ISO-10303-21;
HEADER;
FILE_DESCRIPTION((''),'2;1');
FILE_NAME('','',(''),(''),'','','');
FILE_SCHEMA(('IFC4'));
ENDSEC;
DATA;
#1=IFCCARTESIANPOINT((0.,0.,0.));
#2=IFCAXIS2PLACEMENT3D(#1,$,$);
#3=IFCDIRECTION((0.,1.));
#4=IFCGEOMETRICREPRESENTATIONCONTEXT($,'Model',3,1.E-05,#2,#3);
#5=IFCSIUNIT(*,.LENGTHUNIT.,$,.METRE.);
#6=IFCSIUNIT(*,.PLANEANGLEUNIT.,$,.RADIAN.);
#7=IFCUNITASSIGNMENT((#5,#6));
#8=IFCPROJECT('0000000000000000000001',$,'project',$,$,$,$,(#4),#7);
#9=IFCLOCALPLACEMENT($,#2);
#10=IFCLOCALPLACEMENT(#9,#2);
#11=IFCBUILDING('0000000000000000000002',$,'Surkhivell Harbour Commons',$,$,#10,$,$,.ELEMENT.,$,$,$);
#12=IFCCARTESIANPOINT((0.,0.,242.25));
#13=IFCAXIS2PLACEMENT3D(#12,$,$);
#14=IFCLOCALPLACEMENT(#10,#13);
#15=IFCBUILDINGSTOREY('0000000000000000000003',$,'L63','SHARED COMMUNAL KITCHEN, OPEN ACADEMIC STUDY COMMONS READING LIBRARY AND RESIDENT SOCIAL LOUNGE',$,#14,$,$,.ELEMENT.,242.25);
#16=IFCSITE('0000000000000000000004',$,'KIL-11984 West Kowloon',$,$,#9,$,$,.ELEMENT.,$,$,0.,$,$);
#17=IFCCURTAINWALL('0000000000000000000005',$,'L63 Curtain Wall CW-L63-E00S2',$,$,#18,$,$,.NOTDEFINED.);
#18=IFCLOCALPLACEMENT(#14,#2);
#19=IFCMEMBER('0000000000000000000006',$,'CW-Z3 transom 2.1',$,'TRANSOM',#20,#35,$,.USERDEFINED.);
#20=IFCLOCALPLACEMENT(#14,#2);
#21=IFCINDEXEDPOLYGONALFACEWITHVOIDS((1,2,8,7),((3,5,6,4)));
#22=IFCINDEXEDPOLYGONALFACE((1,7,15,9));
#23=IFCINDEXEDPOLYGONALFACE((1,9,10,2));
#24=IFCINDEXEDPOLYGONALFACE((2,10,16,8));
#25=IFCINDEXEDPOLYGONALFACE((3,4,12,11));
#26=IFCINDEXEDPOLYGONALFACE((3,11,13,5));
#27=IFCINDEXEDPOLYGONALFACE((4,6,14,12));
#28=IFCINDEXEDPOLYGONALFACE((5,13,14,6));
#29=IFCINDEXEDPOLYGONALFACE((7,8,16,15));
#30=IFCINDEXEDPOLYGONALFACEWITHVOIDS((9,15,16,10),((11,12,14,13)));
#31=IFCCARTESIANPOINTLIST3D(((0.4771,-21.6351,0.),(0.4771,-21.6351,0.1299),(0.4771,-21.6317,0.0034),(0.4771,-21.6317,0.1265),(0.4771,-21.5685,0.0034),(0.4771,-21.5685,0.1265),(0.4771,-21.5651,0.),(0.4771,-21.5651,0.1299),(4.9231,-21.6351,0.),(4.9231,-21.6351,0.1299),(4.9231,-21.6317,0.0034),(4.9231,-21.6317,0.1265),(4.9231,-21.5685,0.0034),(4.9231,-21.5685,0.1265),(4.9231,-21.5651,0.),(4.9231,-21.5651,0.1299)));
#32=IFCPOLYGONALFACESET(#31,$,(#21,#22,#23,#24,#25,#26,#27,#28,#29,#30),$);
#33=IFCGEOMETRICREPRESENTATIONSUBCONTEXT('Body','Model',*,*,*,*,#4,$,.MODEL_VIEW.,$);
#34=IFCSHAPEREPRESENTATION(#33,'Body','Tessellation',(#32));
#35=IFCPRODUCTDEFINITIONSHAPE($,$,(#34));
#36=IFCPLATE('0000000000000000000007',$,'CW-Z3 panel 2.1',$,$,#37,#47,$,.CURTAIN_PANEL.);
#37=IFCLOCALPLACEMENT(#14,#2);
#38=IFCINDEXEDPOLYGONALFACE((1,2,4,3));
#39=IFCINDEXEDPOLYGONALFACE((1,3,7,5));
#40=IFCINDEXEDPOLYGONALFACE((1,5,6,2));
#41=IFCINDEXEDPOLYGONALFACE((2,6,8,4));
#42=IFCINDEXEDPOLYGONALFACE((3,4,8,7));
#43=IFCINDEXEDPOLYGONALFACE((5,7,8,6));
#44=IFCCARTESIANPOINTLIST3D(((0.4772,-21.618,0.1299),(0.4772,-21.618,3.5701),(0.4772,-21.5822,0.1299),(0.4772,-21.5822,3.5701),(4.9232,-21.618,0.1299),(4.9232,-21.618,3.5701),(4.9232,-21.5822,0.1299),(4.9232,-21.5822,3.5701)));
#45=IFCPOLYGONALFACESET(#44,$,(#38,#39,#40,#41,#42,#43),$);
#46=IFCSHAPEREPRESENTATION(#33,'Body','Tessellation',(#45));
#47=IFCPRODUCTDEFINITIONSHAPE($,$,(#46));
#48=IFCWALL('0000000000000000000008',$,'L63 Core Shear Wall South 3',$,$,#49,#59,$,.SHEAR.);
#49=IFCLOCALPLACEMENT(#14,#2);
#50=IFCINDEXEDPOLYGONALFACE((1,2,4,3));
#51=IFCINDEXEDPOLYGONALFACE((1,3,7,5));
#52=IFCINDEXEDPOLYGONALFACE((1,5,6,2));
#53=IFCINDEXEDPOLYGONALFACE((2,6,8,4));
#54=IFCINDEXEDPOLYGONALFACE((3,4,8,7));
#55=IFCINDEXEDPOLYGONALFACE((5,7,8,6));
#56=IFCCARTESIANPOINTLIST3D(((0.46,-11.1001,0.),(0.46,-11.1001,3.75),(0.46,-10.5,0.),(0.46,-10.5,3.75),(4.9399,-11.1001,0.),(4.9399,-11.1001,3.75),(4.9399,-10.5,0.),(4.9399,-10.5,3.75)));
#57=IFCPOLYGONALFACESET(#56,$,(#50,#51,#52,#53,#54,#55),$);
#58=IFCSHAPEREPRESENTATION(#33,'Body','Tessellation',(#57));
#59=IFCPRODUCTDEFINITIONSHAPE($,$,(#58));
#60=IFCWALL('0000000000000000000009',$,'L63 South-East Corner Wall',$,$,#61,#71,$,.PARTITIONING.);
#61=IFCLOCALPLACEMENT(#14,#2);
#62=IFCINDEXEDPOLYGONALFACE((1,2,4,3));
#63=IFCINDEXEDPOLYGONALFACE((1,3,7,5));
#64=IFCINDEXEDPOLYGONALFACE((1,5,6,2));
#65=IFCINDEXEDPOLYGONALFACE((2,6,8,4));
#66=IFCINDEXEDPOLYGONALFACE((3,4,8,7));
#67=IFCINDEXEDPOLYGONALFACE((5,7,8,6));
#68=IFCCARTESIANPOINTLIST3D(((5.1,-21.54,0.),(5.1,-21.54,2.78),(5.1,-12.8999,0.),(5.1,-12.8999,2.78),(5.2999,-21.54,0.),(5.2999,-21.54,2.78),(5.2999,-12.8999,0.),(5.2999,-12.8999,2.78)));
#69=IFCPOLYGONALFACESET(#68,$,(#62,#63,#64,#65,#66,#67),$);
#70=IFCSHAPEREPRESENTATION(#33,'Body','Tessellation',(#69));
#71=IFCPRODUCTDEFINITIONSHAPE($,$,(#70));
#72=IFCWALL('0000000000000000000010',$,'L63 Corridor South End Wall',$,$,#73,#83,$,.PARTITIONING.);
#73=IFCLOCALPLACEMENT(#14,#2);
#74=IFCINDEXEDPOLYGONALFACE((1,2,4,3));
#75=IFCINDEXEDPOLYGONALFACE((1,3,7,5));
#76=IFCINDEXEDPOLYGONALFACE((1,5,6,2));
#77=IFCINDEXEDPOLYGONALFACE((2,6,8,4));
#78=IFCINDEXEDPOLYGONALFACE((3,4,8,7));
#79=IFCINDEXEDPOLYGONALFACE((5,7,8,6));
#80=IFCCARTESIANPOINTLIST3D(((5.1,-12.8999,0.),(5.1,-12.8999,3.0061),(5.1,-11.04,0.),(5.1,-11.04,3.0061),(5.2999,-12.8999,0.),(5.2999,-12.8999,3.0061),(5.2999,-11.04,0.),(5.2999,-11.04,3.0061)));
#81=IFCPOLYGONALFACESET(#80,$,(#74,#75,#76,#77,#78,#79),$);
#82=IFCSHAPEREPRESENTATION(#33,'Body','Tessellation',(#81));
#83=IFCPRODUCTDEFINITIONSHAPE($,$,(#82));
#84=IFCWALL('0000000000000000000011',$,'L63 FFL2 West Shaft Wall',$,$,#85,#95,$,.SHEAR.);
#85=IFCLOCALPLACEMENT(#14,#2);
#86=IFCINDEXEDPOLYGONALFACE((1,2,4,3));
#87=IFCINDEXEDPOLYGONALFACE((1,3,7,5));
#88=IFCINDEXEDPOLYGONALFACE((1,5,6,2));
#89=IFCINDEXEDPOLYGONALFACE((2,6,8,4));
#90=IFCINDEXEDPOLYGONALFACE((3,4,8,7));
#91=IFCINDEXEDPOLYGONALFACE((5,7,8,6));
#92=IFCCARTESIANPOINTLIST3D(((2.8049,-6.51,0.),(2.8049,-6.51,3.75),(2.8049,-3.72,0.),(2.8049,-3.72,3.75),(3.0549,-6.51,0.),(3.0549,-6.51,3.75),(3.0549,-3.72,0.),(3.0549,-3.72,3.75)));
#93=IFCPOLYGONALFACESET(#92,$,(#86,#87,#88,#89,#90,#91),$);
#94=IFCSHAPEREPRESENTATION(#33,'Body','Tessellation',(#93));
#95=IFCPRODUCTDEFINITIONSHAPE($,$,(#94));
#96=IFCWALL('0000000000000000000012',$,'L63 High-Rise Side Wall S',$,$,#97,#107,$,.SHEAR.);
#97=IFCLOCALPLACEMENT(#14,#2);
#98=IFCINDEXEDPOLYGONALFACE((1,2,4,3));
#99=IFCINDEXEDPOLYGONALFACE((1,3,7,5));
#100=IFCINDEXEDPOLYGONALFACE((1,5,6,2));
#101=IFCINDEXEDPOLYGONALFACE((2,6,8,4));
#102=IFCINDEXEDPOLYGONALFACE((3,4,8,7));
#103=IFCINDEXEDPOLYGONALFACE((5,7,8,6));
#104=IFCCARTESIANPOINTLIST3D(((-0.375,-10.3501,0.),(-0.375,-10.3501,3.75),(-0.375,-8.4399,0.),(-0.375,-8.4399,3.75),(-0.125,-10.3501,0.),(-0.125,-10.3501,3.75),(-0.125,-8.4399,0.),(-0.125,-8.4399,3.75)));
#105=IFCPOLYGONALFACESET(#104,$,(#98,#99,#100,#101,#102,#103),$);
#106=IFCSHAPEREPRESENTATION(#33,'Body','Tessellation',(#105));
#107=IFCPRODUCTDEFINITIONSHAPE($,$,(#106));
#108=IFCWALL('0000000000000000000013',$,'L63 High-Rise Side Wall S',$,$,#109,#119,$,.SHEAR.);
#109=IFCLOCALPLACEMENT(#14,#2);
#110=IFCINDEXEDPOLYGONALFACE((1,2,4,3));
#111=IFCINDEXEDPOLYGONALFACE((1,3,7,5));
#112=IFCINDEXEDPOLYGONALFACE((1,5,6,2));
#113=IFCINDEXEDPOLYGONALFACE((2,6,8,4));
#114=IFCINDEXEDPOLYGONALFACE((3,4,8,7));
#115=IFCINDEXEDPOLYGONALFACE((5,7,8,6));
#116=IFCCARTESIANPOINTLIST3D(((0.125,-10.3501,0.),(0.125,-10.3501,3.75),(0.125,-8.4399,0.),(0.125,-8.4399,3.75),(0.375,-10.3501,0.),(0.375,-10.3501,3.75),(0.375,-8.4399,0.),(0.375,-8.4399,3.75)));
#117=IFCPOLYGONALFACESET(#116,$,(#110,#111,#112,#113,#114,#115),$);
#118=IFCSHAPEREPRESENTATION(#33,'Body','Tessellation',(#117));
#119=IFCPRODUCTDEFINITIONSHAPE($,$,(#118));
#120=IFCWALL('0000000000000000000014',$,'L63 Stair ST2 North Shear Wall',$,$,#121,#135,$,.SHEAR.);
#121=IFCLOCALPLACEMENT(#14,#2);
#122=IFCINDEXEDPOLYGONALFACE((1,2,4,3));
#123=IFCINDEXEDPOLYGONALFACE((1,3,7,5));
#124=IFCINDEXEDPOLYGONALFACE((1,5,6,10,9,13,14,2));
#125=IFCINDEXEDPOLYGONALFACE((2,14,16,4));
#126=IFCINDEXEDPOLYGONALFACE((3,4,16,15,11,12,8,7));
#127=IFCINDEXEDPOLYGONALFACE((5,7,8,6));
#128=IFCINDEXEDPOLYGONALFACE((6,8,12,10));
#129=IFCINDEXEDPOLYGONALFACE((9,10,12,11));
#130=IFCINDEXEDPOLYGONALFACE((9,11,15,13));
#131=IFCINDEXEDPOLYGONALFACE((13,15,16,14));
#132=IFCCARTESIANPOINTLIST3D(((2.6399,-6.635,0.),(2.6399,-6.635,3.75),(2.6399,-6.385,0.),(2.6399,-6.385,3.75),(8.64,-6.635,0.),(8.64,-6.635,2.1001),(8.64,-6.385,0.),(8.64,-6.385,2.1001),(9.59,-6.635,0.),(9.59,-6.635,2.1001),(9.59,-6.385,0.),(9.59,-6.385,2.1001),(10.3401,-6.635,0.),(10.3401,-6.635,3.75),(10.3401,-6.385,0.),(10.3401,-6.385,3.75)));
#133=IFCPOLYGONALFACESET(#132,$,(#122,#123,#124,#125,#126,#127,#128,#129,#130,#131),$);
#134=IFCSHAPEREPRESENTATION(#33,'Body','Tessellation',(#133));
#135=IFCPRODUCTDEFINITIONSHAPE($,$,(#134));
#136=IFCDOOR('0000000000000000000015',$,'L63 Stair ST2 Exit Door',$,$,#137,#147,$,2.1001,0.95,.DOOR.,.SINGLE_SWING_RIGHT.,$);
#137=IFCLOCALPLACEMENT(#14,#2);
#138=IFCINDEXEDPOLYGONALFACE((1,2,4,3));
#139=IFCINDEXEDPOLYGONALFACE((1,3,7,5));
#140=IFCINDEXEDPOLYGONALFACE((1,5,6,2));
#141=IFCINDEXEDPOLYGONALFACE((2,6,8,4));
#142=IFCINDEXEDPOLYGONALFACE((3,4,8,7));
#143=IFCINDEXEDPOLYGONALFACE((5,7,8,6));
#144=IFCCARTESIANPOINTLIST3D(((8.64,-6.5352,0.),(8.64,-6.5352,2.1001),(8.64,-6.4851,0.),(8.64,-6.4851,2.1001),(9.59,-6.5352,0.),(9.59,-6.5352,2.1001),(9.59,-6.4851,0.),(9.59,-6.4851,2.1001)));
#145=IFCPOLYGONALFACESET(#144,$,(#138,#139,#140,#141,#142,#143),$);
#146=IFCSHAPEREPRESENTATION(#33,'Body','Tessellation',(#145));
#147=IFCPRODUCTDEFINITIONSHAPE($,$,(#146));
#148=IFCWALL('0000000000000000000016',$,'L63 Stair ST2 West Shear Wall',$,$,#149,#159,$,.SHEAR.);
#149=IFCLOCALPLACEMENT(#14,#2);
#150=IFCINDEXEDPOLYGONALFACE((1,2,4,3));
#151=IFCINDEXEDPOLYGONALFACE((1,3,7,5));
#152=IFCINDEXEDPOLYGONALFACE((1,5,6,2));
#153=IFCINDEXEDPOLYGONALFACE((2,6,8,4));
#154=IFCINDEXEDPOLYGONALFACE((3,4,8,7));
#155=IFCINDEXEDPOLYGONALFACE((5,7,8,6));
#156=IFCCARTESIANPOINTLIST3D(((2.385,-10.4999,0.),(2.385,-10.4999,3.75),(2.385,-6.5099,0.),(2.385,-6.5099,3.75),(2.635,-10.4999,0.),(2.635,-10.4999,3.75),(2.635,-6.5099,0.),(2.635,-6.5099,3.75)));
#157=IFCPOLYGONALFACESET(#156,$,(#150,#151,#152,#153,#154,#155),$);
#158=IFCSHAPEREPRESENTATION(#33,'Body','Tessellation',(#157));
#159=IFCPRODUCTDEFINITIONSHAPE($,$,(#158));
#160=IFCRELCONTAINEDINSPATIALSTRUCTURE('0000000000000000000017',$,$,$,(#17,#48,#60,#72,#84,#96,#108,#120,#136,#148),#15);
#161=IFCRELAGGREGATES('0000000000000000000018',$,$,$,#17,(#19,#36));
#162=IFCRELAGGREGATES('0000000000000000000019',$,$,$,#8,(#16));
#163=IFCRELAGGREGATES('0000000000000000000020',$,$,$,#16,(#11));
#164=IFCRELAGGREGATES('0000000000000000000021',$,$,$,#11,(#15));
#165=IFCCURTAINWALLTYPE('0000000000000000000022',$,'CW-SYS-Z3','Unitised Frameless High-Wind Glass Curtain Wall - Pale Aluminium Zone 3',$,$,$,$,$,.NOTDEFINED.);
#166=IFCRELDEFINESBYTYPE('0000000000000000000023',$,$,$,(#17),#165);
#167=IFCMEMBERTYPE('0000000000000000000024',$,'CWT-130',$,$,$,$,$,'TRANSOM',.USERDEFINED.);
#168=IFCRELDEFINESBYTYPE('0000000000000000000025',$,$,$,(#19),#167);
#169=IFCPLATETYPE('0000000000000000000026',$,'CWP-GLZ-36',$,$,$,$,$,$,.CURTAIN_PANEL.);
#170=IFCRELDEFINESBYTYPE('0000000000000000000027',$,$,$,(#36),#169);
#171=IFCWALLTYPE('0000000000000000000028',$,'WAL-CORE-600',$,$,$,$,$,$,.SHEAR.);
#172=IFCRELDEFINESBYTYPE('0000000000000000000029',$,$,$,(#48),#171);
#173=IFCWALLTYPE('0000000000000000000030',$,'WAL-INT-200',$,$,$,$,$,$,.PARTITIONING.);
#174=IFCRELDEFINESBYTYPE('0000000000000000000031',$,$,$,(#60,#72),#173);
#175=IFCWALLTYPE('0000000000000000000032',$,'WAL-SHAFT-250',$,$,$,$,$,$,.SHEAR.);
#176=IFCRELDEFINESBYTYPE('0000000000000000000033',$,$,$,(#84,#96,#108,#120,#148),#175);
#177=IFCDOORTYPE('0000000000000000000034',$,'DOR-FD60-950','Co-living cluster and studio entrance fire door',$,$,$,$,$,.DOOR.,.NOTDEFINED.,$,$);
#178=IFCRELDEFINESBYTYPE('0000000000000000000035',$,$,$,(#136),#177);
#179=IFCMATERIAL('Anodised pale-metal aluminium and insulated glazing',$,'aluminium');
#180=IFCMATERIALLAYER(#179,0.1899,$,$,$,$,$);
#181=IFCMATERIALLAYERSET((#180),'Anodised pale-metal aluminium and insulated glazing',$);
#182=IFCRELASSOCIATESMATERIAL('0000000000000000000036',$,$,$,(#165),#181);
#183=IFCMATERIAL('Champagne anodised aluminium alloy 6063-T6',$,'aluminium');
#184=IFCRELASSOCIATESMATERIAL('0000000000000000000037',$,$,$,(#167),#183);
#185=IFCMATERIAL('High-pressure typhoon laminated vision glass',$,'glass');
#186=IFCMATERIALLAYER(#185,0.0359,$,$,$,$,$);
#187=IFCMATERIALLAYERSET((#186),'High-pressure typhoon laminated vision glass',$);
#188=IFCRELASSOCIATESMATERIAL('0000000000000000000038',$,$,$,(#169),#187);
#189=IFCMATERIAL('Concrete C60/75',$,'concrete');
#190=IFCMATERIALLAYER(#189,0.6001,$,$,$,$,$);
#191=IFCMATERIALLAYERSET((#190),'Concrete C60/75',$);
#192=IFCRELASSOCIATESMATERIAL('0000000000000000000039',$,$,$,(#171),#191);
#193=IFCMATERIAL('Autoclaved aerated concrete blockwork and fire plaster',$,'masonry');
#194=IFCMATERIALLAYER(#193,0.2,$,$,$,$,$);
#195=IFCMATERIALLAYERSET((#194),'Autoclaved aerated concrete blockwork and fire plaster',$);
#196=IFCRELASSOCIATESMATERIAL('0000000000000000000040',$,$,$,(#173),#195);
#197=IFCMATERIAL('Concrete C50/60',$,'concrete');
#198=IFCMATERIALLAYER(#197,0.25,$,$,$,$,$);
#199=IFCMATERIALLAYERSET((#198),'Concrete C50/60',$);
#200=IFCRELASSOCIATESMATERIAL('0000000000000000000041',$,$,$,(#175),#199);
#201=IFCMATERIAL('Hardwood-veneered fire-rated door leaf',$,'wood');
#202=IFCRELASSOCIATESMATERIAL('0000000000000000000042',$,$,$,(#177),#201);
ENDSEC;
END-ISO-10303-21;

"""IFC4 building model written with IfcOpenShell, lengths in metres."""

from ifc_helpers import new_model, si_unit, direction, frame, frame_2d, origin, origin_2d, place, context, subcontext, project, spatial, rectangle, hollow_rectangle, extrude, material, layer, layer_set, material_profile, profile_set, type_object, element, fill, aggregate, save


model = new_model("IFC4")

# Units and contexts
model_context = context("Model", 3, precision=1e-05, world=origin(), true_north=direction((0.0, 1.0)))
body_context = subcontext(model_context, "Body", "Model", "MODEL_VIEW")
ifc_project = project(units=[si_unit("LENGTHUNIT", "METRE"), si_unit("PLANEANGLEUNIT", "RADIAN")], contexts=[model_context])

# Site, building, storey
site_placement = place(None, origin())
site = spatial("IfcSite", under=ifc_project, at=site_placement, Name="KIL-11984 West Kowloon", CompositionType="ELEMENT", RefElevation=0.0)
building_placement = place(site_placement, origin())
building = spatial("IfcBuilding", under=site, at=building_placement, Name="Surkhivell Harbour Commons", CompositionType="ELEMENT")
storey_placement = place(building_placement, frame((0.0, 0.0, 242.25)))
storey = spatial("IfcBuildingStorey", under=building, at=storey_placement, Name="L63", Description="SHARED COMMUNAL KITCHEN, OPEN ACADEMIC STUDY COMMONS READING LIBRARY AND RESIDENT SOCIAL LOUNGE", CompositionType="ELEMENT", Elevation=242.25)

# Shared definitions
ifc_material_1 = material(Name="Concrete C60/75", Category="concrete")
ifc_material_2 = material(Name="Concrete C50/60", Category="concrete")

# Curtain wall, member, plate
ifc_material_3 = material(Name="Anodised pale-metal aluminium and insulated glazing", Category="aluminium")
ifc_layer_1 = layer(ifc_material_3, 0.1899)
ifc_layer_set_1 = layer_set([ifc_layer_1], Name="Anodised pale-metal aluminium and insulated glazing")
curtain_wall_type = type_object("IfcCurtainWallType", Name="CW-SYS-Z3", Description="Unitised Frameless High-Wind Glass Curtain Wall - Pale Aluminium Zone 3", PredefinedType="NOTDEFINED", material=ifc_layer_set_1)
curtain_wall_placement = place(storey_placement, origin())
curtain_wall = element("IfcCurtainWall", 1, at=curtain_wall_placement, inside=storey, type_object=curtain_wall_type, Name="L63 Curtain Wall CW-L63-E00S2", PredefinedType="NOTDEFINED")
ifc_material_4 = material(Name="Champagne anodised aluminium alloy 6063-T6", Category="aluminium")
ifc_material_profile_1 = material_profile(ifc_material_4, hollow_rectangle(XDim=0.0701, YDim=0.1299, WallThickness=0.0034, at=origin_2d()), Name="ALU-TRAN-70x130")
ifc_profile_set_1 = profile_set([ifc_material_profile_1], Name="Champagne anodised aluminium alloy 6063-T6")
member_type_1 = type_object("IfcMemberType", Name="CWT-130", ElementType="TRANSOM", PredefinedType="USERDEFINED", material=ifc_profile_set_1)
member_1_placement = place(storey_placement, frame((0.4771, -21.6001, 0.0649), z_axis=(1.0, 0.0, 0.0), x_axis=(0.0, 1.0, 0.0)))
member_1 = element("IfcMember", 2, at=member_1_placement, type_object=member_type_1, Name="CW-Z3 transom 2.1", ObjectType="TRANSOM", PredefinedType="USERDEFINED", context=body_context, shape_type="SweptSolid", body=[
    extrude(hollow_rectangle(XDim=0.0701, YDim=0.1299, WallThickness=0.0034, at=origin_2d()), origin(), (0.0, 0.0, 1.0), 4.446),
])
ifc_material_5 = material(Name="High-pressure typhoon laminated vision glass", Category="glass")
ifc_layer_2 = layer(ifc_material_5, 0.0359)
ifc_layer_set_2 = layer_set([ifc_layer_2], Name="High-pressure typhoon laminated vision glass")
plate_type = type_object("IfcPlateType", Name="CWP-GLZ-36", PredefinedType="CURTAIN_PANEL", material=ifc_layer_set_2)
plate_placement = place(storey_placement, frame((0.4771, -21.6001, 0.1299), z_axis=(0.0, 0.0, 1.0), x_axis=(1.0, 0.0, 0.0)))
plate = element("IfcPlate", 3, at=plate_placement, type_object=plate_type, Name="CW-Z3 panel 2.1", PredefinedType="CURTAIN_PANEL", context=body_context, shape_type="SweptSolid", body=[
    extrude(rectangle(XDim=4.446, YDim=0.0359, at=frame_2d((2.2231, 0.0))), origin(), (0.0, 0.0, 1.0), 3.4402),
])
aggregate(curtain_wall, [member_1, plate])

# Walls
ifc_layer_3 = layer(ifc_material_1, 0.6001)
ifc_layer_set_3 = layer_set([ifc_layer_3], Name="Concrete C60/75")
wall_type_1 = type_object("IfcWallType", Name="WAL-CORE-600", PredefinedType="SHEAR", material=ifc_layer_set_3)
wall_1_placement = place(storey_placement, frame((0.46, -10.8, 0.0), z_axis=(0.0, 0.0, 1.0), x_axis=(1.0, 0.0, 0.0)))
element("IfcWall", 4, at=wall_1_placement, inside=storey, type_object=wall_type_1, Name="L63 Core Shear Wall South 3", PredefinedType="SHEAR", context=body_context, shape_type="SweptSolid", body=[
    extrude(rectangle(XDim=4.48, YDim=0.6001, at=frame_2d((2.24, 0.0))), origin(), (0.0, 0.0, 1.0), 3.75),
])
ifc_material_6 = material(Name="Autoclaved aerated concrete blockwork and fire plaster", Category="masonry")
ifc_layer_4 = layer(ifc_material_6, 0.2)
ifc_layer_set_4 = layer_set([ifc_layer_4], Name="Autoclaved aerated concrete blockwork and fire plaster")
wall_type_2 = type_object("IfcWallType", Name="WAL-INT-200", PredefinedType="PARTITIONING", material=ifc_layer_set_4)
wall_2_placement = place(storey_placement, frame((5.2, -21.54, 0.0), z_axis=(0.0, 0.0, 1.0), x_axis=(0.0, 1.0, 0.0)))
element("IfcWall", 5, at=wall_2_placement, inside=storey, type_object=wall_type_2, Name="L63 South-East Corner Wall", PredefinedType="PARTITIONING", context=body_context, shape_type="SweptSolid", body=[
    extrude(rectangle(XDim=8.6401, YDim=0.2, at=frame_2d((4.3201, 0.0))), origin(), (0.0, 0.0, 1.0), 2.78),
])
wall_3_placement = place(storey_placement, frame((5.2, -12.8999, 0.0), z_axis=(0.0, 0.0, 1.0), x_axis=(0.0, 1.0, 0.0)))
element("IfcWall", 6, at=wall_3_placement, inside=storey, type_object=wall_type_2, Name="L63 Corridor South End Wall", PredefinedType="PARTITIONING", context=body_context, shape_type="SweptSolid", body=[
    extrude(rectangle(XDim=1.8599, YDim=0.2, at=frame_2d((0.9299, 0.0))), origin(), (0.0, 0.0, 1.0), 3.0061),
])
ifc_layer_5 = layer(ifc_material_2, 0.25)
ifc_layer_set_5 = layer_set([ifc_layer_5], Name="Concrete C50/60")
wall_type_3 = type_object("IfcWallType", Name="WAL-SHAFT-250", PredefinedType="SHEAR", material=ifc_layer_set_5)
wall_4_placement = place(storey_placement, frame((2.9299, -6.51, 0.0), z_axis=(0.0, 0.0, 1.0), x_axis=(0.0, 1.0, 0.0)))
element("IfcWall", 7, at=wall_4_placement, inside=storey, type_object=wall_type_3, Name="L63 FFL2 West Shaft Wall", PredefinedType="SHEAR", context=body_context, shape_type="SweptSolid", body=[
    extrude(rectangle(XDim=2.79, YDim=0.25, at=frame_2d((1.395, 0.0))), origin(), (0.0, 0.0, 1.0), 3.75),
])
for number, where, z_axis, x_axis, name in (
    (8, (-0.25, -10.3501, 0.0), (0.0, 0.0, 1.0), (0.0, 1.0, 0.0), "L63 High-Rise Side Wall S"),
    (9, (0.25, -10.3501, 0.0), (0.0, 0.0, 1.0), (0.0, 1.0, 0.0), "L63 High-Rise Side Wall S"),
):
    element("IfcWall", number, at=place(storey_placement, frame(where, z_axis=z_axis, x_axis=x_axis)), inside=storey, type_object=wall_type_3, Name=name, PredefinedType="SHEAR", context=body_context, shape_type="SweptSolid", body=[
        extrude(rectangle(XDim=1.9102, YDim=0.25, at=frame_2d((0.9551, 0.0))), origin(), (0.0, 0.0, 1.0), 3.75),
    ])

# Wall, opening, door
wall_5_placement = place(storey_placement, frame((2.6399, -6.51, 0.0), z_axis=(0.0, 0.0, 1.0), x_axis=(1.0, 0.0, 0.0)))
wall_5 = element("IfcWall", 10, at=wall_5_placement, inside=storey, type_object=wall_type_3, Name="L63 Stair ST2 North Shear Wall", PredefinedType="SHEAR", context=body_context, shape_type="SweptSolid", body=[
    extrude(rectangle(XDim=7.7002, YDim=0.25, at=frame_2d((3.8501, 0.0))), origin(), (0.0, 0.0, 1.0), 3.75),
])
opening_placement = place(wall_5_placement, frame((6.0, 0.0, 0.0)))
opening = element("IfcOpeningElement", 11, at=opening_placement, cuts=wall_5, PredefinedType="OPENING", context=body_context, shape_type="SweptSolid", body=[
    extrude(rectangle(XDim=0.95, YDim=2.1001, at=frame_2d((0.4751, 1.05))), frame((0.0, 0.135, 0.0), z_axis=(0.0, -1.0, 0.0), x_axis=(1.0, 0.0, 0.0)), (0.0, 0.0, 1.0), 0.27),
])
ifc_material_7 = material(Name="Hardwood-veneered fire-rated door leaf", Category="wood")
door_type = type_object("IfcDoorType", Name="DOR-FD60-950", Description="Co-living cluster and studio entrance fire door", OperationType="NOTDEFINED", PredefinedType="DOOR", material=ifc_material_7)
door_placement = place(opening_placement, origin())
door = element("IfcDoor", 12, at=door_placement, inside=storey, type_object=door_type, Name="L63 Stair ST2 Exit Door", OperationType="SINGLE_SWING_RIGHT", OverallHeight=2.1001, OverallWidth=0.95, PredefinedType="DOOR", context=body_context, shape_type="SweptSolid", body=[
    extrude(rectangle(XDim=0.95, YDim=2.1001, at=frame_2d((0.4751, 1.05))), frame((0.0, 0.0249, 0.0), z_axis=(0.0, -1.0, 0.0), x_axis=(1.0, 0.0, 0.0)), (0.0, 0.0, 1.0), 0.05),
])
fill(opening, door)

# Wall
wall_6_placement = place(storey_placement, frame((2.51, -10.5, 0.0), z_axis=(0.0, 0.0, 1.0), x_axis=(0.0, 1.0, 0.0)))
element("IfcWall", 13, at=wall_6_placement, inside=storey, type_object=wall_type_3, Name="L63 Stair ST2 West Shear Wall", PredefinedType="SHEAR", context=body_context, shape_type="SweptSolid", body=[
    extrude(rectangle(XDim=3.99, YDim=0.25, at=frame_2d((1.9951, 0.0))), origin(), (0.0, 0.0, 1.0), 3.75),
])

save(model, "model.ifc")
